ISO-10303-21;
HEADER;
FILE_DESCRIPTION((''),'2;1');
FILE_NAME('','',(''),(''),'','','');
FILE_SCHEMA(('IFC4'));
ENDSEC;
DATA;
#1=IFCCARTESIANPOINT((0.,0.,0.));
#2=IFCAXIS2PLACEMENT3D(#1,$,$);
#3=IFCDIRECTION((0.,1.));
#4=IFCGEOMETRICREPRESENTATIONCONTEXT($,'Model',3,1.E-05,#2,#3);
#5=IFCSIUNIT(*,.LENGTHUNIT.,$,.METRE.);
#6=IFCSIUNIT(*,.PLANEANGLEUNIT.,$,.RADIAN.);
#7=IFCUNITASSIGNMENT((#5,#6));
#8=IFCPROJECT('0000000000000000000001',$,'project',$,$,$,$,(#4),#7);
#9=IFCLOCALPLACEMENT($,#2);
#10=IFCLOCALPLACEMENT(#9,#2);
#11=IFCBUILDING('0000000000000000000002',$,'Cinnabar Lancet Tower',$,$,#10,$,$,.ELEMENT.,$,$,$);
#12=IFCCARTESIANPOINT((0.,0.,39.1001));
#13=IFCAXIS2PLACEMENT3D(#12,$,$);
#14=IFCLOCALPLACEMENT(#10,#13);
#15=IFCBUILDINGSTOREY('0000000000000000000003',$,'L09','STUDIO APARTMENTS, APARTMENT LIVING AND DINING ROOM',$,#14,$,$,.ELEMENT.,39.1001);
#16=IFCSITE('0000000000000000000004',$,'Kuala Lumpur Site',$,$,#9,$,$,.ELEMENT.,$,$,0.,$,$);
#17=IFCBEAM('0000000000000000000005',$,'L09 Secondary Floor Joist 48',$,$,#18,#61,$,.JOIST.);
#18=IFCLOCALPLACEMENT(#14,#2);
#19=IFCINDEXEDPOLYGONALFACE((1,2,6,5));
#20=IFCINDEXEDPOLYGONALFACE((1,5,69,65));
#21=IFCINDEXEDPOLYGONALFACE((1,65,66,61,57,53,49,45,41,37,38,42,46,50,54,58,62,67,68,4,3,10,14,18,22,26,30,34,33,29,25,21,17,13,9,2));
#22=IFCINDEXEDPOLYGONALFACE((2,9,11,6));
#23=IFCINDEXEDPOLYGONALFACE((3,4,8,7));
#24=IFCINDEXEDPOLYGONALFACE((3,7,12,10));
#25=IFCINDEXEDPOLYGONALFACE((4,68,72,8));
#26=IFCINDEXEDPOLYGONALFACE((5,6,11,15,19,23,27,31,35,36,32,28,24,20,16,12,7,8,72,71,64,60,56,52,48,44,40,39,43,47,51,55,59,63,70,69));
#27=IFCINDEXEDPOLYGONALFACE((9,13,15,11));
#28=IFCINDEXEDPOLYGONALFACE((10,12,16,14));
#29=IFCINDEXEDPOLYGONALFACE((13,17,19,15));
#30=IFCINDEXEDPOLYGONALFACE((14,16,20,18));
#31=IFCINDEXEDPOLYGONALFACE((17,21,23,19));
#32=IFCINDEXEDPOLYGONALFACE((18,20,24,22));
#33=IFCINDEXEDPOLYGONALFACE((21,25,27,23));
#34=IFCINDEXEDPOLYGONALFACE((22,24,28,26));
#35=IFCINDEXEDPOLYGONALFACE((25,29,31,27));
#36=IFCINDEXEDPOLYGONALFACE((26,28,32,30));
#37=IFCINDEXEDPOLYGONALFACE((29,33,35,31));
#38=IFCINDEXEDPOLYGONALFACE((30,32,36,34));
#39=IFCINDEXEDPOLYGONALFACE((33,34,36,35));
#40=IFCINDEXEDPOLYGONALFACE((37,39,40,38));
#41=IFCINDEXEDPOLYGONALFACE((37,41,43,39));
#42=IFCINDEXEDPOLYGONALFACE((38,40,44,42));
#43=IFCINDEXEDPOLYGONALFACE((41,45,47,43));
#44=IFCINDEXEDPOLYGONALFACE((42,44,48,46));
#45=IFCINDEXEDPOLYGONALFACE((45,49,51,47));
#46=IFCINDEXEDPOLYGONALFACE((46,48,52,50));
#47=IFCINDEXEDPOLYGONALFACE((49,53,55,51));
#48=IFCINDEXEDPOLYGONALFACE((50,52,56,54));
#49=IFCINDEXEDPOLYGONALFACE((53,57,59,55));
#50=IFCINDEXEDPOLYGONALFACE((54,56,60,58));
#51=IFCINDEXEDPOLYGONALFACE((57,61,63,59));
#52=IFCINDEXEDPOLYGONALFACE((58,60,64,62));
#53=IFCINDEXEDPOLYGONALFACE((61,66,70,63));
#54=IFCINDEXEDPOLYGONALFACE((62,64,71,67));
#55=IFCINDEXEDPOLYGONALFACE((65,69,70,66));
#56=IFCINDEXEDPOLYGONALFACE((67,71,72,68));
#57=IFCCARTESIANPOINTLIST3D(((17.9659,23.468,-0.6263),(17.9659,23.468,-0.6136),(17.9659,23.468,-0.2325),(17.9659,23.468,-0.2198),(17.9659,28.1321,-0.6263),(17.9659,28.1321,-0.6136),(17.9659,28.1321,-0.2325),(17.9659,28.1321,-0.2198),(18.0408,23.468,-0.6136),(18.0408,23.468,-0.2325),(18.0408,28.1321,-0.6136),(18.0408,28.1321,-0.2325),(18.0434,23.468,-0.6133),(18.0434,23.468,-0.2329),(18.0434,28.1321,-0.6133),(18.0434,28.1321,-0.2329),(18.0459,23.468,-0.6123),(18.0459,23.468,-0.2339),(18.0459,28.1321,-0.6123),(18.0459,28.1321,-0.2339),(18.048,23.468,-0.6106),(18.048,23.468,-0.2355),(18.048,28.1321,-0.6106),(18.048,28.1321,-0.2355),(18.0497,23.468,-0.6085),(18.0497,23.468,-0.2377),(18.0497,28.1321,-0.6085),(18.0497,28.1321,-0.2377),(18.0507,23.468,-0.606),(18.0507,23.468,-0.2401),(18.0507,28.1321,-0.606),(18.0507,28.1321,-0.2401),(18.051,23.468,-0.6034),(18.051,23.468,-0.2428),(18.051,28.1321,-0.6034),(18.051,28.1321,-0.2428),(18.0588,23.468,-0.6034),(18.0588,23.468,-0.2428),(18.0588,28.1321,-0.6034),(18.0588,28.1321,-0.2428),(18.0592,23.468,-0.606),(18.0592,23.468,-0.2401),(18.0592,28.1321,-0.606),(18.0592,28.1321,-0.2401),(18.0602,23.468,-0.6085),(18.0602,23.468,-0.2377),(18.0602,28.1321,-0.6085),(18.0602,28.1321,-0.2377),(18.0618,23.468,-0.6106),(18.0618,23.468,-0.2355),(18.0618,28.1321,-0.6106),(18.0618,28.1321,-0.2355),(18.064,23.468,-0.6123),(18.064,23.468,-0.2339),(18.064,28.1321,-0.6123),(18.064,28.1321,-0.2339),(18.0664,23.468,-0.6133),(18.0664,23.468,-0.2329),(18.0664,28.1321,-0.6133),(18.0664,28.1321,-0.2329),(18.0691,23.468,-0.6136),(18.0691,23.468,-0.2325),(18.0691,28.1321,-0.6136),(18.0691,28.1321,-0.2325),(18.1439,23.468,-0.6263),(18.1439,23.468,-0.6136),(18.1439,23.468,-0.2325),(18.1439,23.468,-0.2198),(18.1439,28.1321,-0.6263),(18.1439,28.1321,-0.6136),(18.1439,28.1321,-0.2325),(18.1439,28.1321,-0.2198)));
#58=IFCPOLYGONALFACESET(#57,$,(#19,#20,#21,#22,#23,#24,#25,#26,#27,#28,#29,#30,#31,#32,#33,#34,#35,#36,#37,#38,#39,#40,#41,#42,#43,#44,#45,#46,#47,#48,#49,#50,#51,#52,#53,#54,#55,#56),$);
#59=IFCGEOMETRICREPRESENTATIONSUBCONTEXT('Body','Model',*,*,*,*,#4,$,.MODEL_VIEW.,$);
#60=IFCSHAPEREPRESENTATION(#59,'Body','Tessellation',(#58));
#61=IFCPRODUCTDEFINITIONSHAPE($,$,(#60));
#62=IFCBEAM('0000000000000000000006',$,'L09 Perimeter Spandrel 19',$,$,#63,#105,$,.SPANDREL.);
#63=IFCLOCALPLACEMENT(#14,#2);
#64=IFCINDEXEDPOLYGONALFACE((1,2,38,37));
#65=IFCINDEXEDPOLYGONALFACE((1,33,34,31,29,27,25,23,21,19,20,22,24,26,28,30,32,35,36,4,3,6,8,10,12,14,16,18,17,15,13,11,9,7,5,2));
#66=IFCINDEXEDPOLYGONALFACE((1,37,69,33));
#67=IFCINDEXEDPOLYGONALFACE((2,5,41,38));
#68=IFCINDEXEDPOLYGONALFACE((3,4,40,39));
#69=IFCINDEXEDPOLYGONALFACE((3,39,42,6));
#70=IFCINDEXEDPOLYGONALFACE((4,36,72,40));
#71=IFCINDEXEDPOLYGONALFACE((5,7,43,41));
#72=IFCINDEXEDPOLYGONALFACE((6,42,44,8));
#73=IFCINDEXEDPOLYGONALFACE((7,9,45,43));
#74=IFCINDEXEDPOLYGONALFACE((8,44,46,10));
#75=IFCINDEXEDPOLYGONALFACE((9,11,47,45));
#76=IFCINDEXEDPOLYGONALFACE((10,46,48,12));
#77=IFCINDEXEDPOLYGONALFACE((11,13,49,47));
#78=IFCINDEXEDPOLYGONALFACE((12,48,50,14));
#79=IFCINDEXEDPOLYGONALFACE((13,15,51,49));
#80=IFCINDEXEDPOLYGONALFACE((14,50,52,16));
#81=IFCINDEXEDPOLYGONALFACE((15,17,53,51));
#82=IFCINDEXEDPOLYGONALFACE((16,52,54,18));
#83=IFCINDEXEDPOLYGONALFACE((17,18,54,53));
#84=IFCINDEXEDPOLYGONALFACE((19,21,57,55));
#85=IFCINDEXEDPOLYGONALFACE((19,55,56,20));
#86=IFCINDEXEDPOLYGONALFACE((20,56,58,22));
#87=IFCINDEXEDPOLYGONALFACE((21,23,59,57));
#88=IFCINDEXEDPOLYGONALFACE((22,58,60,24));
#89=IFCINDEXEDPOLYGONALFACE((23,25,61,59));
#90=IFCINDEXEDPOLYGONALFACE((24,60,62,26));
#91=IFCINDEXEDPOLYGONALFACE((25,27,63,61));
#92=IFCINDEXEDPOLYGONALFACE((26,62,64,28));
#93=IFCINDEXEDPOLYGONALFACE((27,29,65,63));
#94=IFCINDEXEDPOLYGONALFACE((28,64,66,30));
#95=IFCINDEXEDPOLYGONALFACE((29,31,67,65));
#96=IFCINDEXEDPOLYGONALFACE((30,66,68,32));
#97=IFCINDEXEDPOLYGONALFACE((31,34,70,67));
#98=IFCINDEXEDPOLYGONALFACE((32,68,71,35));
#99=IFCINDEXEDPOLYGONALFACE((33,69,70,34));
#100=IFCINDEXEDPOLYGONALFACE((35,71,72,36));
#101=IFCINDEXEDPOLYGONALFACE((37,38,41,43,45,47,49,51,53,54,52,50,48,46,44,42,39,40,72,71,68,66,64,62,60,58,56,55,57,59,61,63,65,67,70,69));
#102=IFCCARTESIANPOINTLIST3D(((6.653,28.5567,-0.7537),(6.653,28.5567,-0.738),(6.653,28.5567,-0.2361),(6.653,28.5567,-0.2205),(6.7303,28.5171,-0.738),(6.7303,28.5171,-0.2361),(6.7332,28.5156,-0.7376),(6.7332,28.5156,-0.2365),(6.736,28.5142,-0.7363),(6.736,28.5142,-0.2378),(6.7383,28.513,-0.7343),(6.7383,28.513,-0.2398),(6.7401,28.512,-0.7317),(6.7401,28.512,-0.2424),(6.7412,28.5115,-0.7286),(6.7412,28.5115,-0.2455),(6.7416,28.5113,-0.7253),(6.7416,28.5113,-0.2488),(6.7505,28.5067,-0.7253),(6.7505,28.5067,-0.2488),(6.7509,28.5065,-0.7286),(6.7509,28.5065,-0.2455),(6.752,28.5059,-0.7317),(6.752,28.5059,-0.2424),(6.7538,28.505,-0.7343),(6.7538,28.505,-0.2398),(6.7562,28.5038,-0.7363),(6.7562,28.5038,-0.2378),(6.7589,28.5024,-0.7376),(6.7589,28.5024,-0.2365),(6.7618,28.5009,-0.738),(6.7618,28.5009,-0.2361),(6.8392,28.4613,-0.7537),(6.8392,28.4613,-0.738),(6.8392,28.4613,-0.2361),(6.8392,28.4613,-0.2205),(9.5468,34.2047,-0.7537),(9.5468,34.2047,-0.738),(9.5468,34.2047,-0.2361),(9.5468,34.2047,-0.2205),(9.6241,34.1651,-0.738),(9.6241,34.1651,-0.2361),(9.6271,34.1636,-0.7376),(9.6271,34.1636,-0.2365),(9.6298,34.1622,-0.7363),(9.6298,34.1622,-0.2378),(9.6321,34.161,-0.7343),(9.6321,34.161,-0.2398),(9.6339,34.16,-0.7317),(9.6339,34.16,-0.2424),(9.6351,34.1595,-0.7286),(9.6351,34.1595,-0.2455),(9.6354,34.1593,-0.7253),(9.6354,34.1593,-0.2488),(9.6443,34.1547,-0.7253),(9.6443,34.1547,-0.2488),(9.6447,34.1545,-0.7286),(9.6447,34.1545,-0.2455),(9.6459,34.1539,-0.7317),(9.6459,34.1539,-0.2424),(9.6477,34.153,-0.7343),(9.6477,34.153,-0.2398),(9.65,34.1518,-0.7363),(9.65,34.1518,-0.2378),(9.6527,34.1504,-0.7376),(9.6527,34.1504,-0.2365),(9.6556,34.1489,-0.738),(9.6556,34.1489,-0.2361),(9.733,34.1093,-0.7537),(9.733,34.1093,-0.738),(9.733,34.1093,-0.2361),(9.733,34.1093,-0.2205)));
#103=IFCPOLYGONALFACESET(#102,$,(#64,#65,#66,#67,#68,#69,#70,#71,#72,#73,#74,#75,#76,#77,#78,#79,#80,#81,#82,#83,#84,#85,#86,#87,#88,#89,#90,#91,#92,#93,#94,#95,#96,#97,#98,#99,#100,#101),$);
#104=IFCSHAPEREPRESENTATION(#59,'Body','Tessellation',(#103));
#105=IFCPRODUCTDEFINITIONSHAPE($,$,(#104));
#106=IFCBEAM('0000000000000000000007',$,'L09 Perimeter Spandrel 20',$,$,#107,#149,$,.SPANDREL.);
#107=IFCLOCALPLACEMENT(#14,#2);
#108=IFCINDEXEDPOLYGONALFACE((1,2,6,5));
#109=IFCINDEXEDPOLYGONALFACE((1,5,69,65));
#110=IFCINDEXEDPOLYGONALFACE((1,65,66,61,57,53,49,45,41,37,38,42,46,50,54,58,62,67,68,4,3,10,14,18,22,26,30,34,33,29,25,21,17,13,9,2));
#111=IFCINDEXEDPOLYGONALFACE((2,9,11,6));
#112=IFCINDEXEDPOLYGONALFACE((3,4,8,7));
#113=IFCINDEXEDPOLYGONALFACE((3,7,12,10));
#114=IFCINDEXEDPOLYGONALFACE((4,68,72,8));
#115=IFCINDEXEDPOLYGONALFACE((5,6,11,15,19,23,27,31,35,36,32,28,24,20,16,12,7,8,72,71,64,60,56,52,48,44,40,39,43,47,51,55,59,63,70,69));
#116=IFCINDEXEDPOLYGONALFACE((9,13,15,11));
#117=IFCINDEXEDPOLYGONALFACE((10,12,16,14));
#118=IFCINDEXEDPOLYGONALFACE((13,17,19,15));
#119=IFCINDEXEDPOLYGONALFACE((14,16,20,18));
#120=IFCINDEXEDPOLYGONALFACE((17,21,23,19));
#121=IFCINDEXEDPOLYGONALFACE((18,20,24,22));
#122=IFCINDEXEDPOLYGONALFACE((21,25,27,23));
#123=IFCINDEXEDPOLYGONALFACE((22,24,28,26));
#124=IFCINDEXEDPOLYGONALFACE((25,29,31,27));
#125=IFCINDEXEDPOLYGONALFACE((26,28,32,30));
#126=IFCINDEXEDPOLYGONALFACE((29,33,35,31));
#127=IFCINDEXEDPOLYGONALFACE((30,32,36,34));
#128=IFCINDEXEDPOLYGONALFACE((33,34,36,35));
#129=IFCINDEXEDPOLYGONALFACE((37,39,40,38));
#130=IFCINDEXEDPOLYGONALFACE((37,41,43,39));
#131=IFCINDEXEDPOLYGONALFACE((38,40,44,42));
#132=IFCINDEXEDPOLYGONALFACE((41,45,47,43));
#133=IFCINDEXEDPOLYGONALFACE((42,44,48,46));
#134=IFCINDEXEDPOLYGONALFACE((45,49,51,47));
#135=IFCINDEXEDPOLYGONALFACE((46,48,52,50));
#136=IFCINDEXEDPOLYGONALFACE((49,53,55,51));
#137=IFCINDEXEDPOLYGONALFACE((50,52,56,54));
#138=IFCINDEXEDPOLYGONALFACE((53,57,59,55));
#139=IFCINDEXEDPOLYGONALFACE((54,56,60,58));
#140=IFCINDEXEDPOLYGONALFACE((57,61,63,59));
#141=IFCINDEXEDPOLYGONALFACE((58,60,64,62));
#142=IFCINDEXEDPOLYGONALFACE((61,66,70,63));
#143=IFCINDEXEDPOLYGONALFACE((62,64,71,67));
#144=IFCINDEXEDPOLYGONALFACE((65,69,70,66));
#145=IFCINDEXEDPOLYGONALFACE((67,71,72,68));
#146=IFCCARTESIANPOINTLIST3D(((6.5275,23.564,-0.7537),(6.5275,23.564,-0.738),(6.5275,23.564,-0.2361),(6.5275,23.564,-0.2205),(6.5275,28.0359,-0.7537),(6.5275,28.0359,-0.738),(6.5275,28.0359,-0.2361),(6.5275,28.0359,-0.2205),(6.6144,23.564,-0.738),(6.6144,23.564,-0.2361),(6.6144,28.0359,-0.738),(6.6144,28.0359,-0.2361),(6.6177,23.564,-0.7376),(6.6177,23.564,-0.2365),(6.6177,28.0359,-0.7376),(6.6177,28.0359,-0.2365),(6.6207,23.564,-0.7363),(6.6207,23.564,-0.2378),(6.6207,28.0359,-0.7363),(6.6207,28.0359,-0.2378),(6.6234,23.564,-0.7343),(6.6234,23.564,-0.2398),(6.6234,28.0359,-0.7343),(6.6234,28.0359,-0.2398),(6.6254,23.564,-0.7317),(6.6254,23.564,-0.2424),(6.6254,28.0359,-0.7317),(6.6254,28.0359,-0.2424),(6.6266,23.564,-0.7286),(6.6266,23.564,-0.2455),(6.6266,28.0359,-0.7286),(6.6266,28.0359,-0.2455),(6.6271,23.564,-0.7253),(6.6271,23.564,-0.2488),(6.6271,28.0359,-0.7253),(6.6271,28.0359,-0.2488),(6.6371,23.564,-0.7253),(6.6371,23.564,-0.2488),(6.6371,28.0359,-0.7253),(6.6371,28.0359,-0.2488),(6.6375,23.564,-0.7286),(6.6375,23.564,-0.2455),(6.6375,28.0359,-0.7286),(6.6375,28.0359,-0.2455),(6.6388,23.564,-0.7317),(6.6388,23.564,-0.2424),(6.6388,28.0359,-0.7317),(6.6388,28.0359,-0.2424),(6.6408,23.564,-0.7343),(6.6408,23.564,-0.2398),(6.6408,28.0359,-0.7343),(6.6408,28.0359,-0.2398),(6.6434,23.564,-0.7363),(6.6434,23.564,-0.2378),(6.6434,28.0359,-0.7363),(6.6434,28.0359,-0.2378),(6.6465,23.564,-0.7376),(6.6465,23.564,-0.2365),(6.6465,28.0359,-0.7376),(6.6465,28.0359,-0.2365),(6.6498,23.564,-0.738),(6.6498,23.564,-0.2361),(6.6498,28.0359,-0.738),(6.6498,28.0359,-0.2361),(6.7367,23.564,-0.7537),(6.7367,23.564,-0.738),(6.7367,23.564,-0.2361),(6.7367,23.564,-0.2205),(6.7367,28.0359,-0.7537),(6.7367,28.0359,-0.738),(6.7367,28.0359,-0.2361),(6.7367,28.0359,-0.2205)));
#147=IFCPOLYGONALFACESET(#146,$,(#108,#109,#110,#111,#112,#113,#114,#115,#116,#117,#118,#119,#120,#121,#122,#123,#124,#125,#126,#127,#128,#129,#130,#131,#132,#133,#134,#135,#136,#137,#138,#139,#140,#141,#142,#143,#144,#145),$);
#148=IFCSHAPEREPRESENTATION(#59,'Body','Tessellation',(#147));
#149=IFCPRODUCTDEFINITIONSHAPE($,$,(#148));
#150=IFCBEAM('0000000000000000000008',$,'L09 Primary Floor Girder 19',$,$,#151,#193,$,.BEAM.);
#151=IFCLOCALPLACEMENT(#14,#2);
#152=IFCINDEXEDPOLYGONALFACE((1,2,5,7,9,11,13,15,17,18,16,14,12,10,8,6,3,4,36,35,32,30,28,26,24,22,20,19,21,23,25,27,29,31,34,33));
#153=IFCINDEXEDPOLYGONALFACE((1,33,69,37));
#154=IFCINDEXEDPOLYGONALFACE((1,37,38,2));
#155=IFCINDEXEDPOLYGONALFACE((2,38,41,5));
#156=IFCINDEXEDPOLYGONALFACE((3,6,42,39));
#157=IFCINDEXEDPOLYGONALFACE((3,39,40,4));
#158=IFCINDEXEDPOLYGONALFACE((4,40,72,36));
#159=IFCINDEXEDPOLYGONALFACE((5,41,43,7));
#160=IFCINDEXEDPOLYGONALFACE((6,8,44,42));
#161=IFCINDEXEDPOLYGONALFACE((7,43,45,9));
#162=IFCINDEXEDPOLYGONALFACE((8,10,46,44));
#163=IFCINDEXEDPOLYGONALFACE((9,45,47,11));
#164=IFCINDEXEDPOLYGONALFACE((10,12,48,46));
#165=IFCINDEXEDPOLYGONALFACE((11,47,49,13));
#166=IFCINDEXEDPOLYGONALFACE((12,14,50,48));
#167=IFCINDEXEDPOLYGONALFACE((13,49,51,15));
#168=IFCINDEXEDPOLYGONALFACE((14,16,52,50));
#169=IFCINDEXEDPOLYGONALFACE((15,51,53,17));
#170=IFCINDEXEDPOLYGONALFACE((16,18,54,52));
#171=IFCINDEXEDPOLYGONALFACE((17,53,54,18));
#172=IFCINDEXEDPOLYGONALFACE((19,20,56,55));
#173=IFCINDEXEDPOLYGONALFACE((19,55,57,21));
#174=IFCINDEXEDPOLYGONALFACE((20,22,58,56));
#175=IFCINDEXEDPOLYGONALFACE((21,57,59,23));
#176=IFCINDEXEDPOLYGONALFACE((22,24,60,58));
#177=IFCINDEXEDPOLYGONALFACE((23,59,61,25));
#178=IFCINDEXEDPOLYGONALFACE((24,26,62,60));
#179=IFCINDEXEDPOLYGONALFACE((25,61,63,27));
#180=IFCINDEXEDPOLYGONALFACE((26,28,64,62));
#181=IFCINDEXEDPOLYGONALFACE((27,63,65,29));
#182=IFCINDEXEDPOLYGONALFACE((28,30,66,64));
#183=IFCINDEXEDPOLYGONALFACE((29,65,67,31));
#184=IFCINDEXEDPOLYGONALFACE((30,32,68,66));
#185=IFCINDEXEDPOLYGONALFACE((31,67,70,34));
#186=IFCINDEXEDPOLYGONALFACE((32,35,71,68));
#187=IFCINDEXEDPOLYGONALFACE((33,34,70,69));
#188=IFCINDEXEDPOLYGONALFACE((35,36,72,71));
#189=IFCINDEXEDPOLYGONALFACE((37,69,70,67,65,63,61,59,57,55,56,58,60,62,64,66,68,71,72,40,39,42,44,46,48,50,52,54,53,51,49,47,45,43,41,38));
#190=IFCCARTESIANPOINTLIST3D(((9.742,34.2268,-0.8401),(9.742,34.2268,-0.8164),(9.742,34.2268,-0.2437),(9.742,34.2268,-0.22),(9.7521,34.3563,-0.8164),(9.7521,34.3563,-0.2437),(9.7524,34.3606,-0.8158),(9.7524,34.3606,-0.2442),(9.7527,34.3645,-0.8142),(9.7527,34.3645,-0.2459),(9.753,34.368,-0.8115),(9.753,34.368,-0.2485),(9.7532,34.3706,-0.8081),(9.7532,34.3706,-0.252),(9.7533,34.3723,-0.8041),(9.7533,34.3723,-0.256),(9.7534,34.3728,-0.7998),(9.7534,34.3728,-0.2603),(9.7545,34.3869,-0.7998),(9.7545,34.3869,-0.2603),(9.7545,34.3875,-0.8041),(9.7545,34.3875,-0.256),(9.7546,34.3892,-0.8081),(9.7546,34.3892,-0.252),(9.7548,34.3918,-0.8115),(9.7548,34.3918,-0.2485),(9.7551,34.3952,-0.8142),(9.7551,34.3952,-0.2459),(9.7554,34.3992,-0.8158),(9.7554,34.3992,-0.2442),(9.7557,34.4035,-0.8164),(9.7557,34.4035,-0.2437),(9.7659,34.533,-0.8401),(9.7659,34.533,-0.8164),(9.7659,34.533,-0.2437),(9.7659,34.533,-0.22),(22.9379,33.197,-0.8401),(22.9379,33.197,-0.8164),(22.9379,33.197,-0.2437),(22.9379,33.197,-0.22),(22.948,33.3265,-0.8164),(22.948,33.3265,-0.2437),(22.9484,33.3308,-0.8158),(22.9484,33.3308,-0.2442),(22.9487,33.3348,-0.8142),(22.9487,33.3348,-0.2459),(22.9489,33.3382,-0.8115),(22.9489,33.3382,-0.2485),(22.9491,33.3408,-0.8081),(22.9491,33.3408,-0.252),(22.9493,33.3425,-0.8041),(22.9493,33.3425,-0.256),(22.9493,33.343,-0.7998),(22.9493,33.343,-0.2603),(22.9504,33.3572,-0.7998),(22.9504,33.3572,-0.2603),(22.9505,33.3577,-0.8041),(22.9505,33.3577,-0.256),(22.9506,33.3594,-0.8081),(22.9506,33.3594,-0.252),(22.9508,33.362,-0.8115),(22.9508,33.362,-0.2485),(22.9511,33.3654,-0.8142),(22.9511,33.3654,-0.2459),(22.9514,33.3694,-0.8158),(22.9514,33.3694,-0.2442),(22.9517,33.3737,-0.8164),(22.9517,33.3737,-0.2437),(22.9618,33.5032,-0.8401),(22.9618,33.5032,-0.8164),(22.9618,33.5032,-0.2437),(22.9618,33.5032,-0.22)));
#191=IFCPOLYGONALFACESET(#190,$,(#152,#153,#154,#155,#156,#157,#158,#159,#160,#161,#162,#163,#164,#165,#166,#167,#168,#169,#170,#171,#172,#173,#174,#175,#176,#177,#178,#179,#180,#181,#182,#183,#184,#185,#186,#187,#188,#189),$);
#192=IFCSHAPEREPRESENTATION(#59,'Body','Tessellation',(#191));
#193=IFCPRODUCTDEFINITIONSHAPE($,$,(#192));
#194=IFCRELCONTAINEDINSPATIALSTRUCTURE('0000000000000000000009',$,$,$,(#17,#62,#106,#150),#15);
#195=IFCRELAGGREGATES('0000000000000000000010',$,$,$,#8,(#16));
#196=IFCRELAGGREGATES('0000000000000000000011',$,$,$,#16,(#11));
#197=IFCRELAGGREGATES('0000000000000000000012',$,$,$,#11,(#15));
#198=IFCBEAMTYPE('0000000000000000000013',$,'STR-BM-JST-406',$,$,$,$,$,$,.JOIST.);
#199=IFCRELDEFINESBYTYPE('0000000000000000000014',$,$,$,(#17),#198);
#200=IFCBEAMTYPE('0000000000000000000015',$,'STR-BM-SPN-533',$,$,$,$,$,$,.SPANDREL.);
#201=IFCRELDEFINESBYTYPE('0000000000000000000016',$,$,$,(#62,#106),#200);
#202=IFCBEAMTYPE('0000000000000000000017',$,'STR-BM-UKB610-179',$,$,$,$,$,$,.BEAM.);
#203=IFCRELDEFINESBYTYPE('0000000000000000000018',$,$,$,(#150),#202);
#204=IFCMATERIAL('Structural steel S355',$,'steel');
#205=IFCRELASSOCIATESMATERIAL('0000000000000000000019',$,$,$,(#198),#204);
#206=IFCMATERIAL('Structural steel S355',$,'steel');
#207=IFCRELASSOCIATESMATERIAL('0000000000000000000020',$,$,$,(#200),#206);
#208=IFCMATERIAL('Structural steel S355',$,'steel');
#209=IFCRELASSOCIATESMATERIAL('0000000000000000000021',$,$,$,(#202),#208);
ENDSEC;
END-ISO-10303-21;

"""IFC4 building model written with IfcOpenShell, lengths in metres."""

from ifc_helpers import new_model, si_unit, direction, frame, origin, origin_2d, place, context, subcontext, project, spatial, i_section, extrude, material, material_profile, profile_set, type_object, element, save


model = new_model("IFC4")

# Units and contexts
model_context = context("Model", 3, precision=1e-05, world=origin(), true_north=direction((0.0, 1.0)))
body_context = subcontext(model_context, "Body", "Model", "MODEL_VIEW")
ifc_project = project(units=[si_unit("LENGTHUNIT", "METRE"), si_unit("PLANEANGLEUNIT", "RADIAN")], contexts=[model_context])

# Site, building, storey
site_placement = place(None, origin())
site = spatial("IfcSite", under=ifc_project, at=site_placement, Name="Kuala Lumpur Site", CompositionType="ELEMENT", RefElevation=0.0)
building_placement = place(site_placement, origin())
building = spatial("IfcBuilding", under=site, at=building_placement, Name="Cinnabar Lancet Tower", CompositionType="ELEMENT")
storey_placement = place(building_placement, frame((0.0, 0.0, 39.1001)))
storey = spatial("IfcBuildingStorey", under=building, at=storey_placement, Name="L09", Description="STUDIO APARTMENTS, APARTMENT LIVING AND DINING ROOM", CompositionType="ELEMENT", Elevation=39.1001)

# Beams
ifc_material_1 = material(Name="Structural steel S355", Category="steel")
ifc_material_profile_1 = material_profile(ifc_material_1, i_section(OverallWidth=0.178, OverallDepth=0.4065, WebThickness=0.0078, FlangeThickness=0.0127, FilletRadius=0.0103, at=origin_2d()), Name="UKB 406x178x60")
ifc_profile_set_1 = profile_set([ifc_material_profile_1], Name="Structural steel S355")
beam_type_1 = type_object("IfcBeamType", Name="STR-BM-JST-406", PredefinedType="JOIST", material=ifc_profile_set_1)
for number, where, z_axis, x_axis, name in (
    (1, (18.0549, 28.1321, -0.4231), (0.0, -1.0, 0.0), (1.0, 0.0, 0.0), "L09 Secondary Floor Joist 48"),
):
    element("IfcBeam", number, at=place(storey_placement, frame(where, z_axis=z_axis, x_axis=x_axis)), inside=storey, type_object=beam_type_1, Name=name, PredefinedType="JOIST", context=body_context, shape_type="SweptSolid", body=[
        extrude(i_section(OverallWidth=0.178, OverallDepth=0.4065, WebThickness=0.0078, FlangeThickness=0.0127, FilletRadius=0.0103, at=origin_2d()), origin(), (0.0, 0.0, 1.0), 4.6641),
    ])
ifc_material_2 = material(Name="Structural steel S355", Category="steel")
ifc_material_profile_2 = material_profile(ifc_material_2, i_section(OverallWidth=0.2092, OverallDepth=0.5332, WebThickness=0.01, FlangeThickness=0.0156, FilletRadius=0.0127, at=origin_2d()), Name="UKB 533x210x92")
ifc_profile_set_2 = profile_set([ifc_material_profile_2], Name="Structural steel S355")
beam_type_2 = type_object("IfcBeamType", Name="STR-BM-SPN-533", PredefinedType="SPANDREL", material=ifc_profile_set_2)
beam_1_placement = place(storey_placement, frame((9.6399, 34.157, -0.4871), z_axis=(-0.455994, -0.889983, 0.0), x_axis=(0.889983, -0.455994, 0.0)))
element("IfcBeam", 2, at=beam_1_placement, inside=storey, type_object=beam_type_2, Name="L09 Perimeter Spandrel 19", PredefinedType="SPANDREL", context=body_context, shape_type="SweptSolid", body=[
    extrude(i_section(OverallWidth=0.2092, OverallDepth=0.5332, WebThickness=0.01, FlangeThickness=0.0156, FilletRadius=0.0127, at=origin_2d()), origin(), (0.0, 0.0, 1.0), 6.3462),
])
beam_2_placement = place(storey_placement, frame((6.6321, 28.0359, -0.4871), z_axis=(0.0, -1.0, 0.0), x_axis=(1.0, 0.0, 0.0)))
element("IfcBeam", 3, at=beam_2_placement, inside=storey, type_object=beam_type_2, Name="L09 Perimeter Spandrel 20", PredefinedType="SPANDREL", context=body_context, shape_type="SweptSolid", body=[
    extrude(i_section(OverallWidth=0.2092, OverallDepth=0.5332, WebThickness=0.01, FlangeThickness=0.0156, FilletRadius=0.0127, at=origin_2d()), origin(), (0.0, 0.0, 1.0), 4.4719),
])
ifc_material_3 = material(Name="Structural steel S355", Category="steel")
ifc_material_profile_3 = material_profile(ifc_material_3, i_section(OverallWidth=0.3071, OverallDepth=0.6201, WebThickness=0.0142, FlangeThickness=0.0237, FilletRadius=0.0166, at=origin_2d()), Name="UKB 610x305x179")
ifc_profile_set_3 = profile_set([ifc_material_profile_3], Name="Structural steel S355")
beam_type_3 = type_object("IfcBeamType", Name="STR-BM-UKB610-179", PredefinedType="BEAM", material=ifc_profile_set_3)
beam_3_placement = place(storey_placement, frame((9.7539, 34.3799, -0.53), z_axis=(0.996969, -0.077801, 0.0), x_axis=(0.077801, 0.996969, 0.0)))
element("IfcBeam", 4, at=beam_3_placement, inside=storey, type_object=beam_type_3, Name="L09 Primary Floor Girder 19", PredefinedType="BEAM", context=body_context, shape_type="SweptSolid", body=[
    extrude(i_section(OverallWidth=0.3071, OverallDepth=0.6201, WebThickness=0.0142, FlangeThickness=0.0237, FilletRadius=0.0166, at=origin_2d()), origin(), (0.0, 0.0, 1.0), 13.2361),
])

save(model, "model.ifc")
